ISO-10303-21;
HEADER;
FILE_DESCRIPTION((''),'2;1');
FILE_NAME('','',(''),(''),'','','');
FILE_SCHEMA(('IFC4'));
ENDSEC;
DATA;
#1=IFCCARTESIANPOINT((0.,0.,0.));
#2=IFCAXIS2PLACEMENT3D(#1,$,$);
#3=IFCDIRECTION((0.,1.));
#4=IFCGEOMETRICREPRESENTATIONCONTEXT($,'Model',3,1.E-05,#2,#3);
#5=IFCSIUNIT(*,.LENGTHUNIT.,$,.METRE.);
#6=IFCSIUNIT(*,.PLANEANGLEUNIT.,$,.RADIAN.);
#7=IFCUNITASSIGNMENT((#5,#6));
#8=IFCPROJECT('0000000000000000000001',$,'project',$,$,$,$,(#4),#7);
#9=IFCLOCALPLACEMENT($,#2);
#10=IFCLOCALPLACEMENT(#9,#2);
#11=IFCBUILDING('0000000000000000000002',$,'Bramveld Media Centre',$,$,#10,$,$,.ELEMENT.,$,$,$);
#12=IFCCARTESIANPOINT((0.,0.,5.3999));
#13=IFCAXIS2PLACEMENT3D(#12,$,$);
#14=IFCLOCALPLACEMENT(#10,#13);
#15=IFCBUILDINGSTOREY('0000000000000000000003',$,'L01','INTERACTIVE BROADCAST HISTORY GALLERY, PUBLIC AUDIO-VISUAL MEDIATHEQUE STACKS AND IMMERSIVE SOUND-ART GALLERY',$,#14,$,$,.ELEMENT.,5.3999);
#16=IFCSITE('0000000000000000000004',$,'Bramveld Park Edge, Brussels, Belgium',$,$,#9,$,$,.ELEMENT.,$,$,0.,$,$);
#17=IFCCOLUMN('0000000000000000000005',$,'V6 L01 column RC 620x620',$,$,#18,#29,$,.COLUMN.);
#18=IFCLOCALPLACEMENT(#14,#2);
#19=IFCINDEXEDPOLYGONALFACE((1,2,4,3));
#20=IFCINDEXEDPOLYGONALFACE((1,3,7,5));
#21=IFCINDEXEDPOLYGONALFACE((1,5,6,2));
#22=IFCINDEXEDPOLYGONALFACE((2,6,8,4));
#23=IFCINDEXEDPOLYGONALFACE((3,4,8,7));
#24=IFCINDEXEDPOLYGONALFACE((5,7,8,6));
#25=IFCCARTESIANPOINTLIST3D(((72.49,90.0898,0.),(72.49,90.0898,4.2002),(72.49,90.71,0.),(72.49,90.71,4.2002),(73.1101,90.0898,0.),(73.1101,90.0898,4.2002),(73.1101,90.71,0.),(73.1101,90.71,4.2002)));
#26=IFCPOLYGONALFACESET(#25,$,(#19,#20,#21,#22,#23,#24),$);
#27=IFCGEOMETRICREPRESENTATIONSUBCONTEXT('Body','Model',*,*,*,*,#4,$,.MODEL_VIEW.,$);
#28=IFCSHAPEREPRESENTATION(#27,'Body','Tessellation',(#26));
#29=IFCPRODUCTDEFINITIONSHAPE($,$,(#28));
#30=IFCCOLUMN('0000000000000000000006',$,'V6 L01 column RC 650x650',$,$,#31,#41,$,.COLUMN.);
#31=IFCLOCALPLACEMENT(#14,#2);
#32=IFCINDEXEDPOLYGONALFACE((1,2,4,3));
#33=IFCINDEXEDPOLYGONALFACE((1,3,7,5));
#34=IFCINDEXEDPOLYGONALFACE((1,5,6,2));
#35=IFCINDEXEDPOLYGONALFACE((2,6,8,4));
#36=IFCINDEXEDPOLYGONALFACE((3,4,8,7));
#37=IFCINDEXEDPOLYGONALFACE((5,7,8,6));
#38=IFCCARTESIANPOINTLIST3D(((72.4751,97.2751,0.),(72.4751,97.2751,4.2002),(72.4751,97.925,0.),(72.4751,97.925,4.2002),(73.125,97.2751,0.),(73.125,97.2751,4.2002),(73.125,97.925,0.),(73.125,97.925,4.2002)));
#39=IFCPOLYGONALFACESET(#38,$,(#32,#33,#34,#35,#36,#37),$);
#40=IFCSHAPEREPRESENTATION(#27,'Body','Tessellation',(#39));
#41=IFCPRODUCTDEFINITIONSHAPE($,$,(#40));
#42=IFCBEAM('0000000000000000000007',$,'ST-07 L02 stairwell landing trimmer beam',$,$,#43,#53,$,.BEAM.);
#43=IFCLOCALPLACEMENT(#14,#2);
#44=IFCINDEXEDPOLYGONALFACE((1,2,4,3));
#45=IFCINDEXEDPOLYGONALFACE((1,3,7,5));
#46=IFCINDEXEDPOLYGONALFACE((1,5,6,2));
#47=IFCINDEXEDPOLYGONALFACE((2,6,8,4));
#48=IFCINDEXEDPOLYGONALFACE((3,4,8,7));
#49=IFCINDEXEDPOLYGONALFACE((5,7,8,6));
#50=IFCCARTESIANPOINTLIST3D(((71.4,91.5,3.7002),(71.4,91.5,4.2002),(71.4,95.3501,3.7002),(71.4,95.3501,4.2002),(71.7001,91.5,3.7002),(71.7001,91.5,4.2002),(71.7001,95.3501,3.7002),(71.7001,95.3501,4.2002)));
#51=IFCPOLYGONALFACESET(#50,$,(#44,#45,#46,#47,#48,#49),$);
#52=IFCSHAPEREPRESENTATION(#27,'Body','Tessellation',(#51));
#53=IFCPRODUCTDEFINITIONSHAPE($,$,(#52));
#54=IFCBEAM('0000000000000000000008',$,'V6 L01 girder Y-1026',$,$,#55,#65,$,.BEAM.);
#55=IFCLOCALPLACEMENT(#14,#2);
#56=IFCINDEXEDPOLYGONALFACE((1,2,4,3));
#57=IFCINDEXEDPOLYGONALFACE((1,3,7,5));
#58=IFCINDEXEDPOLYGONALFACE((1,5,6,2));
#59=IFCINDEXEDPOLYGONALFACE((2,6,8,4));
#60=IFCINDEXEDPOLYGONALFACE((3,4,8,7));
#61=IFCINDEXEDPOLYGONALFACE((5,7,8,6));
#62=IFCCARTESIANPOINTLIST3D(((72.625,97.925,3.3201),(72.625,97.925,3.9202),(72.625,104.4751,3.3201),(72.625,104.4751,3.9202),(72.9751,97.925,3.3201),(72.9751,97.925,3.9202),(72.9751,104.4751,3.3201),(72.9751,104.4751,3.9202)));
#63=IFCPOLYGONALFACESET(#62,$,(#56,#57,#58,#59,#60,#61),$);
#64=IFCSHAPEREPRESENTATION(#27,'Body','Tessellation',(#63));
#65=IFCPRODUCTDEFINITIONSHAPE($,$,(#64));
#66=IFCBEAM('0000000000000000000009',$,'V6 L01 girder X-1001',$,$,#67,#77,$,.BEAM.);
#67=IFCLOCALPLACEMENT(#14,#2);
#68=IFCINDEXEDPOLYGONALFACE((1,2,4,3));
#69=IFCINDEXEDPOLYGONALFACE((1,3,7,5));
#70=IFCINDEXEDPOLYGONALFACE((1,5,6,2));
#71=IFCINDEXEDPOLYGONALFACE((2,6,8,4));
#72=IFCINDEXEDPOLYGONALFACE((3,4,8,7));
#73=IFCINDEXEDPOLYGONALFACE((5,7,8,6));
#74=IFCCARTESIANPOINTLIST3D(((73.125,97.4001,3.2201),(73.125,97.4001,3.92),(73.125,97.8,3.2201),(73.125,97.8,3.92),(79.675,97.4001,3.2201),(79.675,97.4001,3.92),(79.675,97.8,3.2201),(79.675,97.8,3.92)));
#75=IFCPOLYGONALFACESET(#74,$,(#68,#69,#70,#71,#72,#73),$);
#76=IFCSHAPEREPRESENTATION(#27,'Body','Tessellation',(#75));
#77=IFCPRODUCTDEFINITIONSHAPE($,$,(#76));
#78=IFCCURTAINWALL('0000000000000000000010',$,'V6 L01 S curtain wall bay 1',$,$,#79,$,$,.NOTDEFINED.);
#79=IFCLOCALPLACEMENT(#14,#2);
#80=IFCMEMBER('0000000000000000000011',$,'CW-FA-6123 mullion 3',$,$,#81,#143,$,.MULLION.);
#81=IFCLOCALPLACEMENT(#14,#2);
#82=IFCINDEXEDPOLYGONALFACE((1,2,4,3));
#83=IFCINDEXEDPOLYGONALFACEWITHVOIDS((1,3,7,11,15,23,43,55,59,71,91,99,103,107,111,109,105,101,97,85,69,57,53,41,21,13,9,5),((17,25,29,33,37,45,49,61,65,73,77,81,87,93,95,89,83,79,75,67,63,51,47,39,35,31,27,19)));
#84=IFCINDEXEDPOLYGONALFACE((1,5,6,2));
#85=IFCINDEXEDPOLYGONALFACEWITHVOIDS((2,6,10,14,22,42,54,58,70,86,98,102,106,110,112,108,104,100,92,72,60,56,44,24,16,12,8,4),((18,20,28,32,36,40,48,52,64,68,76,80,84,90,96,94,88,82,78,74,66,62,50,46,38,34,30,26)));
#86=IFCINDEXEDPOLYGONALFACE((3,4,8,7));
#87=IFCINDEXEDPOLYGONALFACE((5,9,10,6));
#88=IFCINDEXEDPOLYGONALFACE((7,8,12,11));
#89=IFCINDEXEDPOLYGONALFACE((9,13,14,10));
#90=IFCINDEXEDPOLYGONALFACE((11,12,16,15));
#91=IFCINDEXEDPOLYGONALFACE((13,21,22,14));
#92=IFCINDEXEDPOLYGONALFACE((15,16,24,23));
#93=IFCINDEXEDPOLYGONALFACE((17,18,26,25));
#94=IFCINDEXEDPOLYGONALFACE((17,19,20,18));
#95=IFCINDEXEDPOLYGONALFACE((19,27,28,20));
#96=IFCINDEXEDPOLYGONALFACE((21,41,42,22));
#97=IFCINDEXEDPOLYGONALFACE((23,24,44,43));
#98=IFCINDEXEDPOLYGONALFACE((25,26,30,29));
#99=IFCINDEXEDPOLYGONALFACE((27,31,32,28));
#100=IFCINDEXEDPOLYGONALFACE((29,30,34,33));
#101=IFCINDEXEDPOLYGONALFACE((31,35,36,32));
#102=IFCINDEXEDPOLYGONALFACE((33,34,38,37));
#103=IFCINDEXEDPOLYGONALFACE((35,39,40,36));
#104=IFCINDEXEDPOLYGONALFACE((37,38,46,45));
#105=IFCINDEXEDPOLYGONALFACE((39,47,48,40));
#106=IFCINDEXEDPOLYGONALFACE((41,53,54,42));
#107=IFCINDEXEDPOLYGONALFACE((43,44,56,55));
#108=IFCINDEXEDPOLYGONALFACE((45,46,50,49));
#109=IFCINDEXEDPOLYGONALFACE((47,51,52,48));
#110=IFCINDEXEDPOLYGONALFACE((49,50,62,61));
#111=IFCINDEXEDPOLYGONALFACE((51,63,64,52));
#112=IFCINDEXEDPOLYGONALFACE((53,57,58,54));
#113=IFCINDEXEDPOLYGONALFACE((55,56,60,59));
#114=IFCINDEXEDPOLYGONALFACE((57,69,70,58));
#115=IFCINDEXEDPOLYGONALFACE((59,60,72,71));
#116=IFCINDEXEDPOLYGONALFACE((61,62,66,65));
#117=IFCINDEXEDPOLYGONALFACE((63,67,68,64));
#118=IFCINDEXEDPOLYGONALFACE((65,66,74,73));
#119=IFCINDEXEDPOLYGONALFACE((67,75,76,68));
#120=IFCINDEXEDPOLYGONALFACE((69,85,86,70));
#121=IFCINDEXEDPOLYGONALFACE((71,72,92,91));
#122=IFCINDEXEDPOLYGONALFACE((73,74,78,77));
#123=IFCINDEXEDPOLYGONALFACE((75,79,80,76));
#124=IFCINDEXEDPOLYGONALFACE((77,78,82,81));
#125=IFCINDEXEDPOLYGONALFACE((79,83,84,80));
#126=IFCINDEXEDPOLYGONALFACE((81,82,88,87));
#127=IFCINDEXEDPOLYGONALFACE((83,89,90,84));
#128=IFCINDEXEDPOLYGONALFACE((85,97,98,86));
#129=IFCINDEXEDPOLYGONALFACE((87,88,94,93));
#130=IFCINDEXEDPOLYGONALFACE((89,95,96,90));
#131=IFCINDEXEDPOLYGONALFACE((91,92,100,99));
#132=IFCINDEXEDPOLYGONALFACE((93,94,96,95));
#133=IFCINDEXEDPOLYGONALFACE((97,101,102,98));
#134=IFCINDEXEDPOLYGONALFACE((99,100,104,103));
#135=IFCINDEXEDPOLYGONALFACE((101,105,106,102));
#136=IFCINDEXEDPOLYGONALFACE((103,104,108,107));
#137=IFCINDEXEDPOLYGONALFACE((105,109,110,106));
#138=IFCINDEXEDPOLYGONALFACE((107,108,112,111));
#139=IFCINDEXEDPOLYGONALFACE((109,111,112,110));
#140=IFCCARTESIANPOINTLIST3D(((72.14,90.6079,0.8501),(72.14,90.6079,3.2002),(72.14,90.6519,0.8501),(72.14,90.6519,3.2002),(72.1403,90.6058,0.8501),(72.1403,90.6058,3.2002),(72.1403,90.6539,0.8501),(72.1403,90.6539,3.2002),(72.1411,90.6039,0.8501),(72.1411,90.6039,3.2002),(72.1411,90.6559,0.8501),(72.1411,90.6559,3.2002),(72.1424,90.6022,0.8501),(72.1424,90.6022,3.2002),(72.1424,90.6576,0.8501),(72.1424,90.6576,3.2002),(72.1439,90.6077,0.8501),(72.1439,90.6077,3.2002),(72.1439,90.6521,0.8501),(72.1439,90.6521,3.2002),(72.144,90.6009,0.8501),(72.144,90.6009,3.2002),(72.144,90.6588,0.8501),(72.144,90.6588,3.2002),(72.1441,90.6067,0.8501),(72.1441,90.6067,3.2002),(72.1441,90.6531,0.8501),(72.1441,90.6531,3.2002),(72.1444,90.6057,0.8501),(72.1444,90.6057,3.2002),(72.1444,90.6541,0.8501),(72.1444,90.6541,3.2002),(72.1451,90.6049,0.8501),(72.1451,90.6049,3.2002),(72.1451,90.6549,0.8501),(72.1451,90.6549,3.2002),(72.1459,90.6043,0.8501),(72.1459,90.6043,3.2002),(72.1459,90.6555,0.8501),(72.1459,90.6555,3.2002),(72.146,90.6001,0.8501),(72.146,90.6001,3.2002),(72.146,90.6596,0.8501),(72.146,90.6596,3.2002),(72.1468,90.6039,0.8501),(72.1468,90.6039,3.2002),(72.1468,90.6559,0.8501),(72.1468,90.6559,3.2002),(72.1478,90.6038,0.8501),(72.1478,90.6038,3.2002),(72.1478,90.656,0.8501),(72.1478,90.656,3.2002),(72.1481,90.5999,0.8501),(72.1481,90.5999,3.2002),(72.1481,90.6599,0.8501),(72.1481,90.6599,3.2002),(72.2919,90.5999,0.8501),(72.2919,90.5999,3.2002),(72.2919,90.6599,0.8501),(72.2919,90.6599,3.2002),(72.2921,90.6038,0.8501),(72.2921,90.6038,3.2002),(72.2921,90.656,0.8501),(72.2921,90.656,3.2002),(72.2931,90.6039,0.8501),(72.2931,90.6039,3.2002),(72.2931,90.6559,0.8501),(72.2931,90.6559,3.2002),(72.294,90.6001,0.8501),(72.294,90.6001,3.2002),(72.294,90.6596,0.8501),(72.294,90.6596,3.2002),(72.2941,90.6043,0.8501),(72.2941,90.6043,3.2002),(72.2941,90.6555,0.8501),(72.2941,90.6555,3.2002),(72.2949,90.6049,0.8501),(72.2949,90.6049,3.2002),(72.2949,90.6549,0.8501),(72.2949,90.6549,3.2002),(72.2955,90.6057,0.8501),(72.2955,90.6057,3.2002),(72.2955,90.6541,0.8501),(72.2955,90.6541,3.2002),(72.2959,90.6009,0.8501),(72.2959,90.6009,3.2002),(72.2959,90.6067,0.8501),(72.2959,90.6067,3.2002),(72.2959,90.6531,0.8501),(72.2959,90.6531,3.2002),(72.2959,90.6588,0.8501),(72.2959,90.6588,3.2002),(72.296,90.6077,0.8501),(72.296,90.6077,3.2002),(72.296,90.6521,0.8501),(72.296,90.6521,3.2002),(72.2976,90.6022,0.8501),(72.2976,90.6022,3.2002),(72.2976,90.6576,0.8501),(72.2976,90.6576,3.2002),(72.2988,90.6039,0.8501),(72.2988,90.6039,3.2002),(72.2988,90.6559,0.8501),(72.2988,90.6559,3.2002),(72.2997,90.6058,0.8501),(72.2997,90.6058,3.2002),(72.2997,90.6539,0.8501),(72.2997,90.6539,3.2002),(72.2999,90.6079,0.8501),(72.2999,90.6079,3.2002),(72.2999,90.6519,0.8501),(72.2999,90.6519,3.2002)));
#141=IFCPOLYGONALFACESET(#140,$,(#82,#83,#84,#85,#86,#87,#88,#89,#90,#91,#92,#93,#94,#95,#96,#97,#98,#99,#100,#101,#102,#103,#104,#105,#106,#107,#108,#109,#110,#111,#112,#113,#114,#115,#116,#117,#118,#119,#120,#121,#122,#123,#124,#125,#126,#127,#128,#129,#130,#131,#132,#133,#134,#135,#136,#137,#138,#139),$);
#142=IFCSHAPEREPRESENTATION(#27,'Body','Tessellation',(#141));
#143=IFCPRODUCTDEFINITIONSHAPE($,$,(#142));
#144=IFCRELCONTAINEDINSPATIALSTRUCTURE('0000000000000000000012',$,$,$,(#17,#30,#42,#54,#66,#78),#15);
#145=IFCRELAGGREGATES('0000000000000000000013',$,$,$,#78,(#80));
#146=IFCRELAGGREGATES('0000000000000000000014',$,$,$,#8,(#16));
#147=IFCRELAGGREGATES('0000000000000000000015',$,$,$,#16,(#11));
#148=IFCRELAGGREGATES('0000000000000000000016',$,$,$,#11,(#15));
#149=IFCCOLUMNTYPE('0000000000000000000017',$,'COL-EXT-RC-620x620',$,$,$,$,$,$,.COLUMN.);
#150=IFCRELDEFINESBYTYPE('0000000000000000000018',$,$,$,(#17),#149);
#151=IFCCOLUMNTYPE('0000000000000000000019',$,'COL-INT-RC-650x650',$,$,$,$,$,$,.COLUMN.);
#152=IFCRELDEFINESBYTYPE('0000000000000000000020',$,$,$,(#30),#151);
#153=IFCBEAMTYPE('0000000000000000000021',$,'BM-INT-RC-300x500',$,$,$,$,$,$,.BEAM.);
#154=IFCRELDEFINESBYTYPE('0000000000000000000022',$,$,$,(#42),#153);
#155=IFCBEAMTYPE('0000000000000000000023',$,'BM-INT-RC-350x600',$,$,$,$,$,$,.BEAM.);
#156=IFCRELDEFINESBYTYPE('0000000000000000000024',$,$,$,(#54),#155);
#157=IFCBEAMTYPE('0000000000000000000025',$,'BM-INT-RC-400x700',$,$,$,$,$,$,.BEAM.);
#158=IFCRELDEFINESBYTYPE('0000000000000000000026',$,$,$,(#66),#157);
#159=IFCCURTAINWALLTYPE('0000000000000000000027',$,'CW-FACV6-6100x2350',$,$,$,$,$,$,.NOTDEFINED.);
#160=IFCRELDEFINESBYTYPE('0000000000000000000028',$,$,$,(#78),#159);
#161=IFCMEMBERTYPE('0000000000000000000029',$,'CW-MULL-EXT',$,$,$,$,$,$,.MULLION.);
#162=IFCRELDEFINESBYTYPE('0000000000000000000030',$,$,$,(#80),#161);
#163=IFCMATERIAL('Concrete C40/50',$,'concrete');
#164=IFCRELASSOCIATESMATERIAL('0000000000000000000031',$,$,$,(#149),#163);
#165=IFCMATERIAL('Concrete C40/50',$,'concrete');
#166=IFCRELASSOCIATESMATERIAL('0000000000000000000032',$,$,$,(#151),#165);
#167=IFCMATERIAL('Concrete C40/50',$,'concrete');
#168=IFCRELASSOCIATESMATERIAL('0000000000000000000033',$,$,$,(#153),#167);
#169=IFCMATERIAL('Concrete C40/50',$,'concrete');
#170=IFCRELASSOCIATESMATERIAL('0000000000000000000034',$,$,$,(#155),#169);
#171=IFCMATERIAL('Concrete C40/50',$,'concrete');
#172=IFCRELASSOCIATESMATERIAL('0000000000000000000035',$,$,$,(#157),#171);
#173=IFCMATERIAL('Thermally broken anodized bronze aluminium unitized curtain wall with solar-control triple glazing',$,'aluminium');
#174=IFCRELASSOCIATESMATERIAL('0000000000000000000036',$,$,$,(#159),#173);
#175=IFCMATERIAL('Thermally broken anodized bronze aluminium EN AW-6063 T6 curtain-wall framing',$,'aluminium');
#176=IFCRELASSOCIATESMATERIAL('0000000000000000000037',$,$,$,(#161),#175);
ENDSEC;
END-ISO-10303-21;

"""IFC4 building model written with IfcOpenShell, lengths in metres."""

from ifc_helpers import new_model, si_unit, direction, frame, origin, origin_2d, place, context, subcontext, project, spatial, rectangle, hollow_rectangle, extrude, material, material_profile, profile_set, type_object, element, aggregate, save


model = new_model("IFC4")

# Units and contexts
model_context = context("Model", 3, precision=1e-05, world=origin(), true_north=direction((0.0, 1.0)))
body_context = subcontext(model_context, "Body", "Model", "MODEL_VIEW")
ifc_project = project(units=[si_unit("LENGTHUNIT", "METRE"), si_unit("PLANEANGLEUNIT", "RADIAN")], contexts=[model_context])

# Site, building, storey
site_placement = place(None, origin())
site = spatial("IfcSite", under=ifc_project, at=site_placement, Name="Bramveld Park Edge, Brussels, Belgium", CompositionType="ELEMENT", RefElevation=0.0)
building_placement = place(site_placement, origin())
building = spatial("IfcBuilding", under=site, at=building_placement, Name="Bramveld Media Centre", CompositionType="ELEMENT")
storey_placement = place(building_placement, frame((0.0, 0.0, 5.3999)))
storey = spatial("IfcBuildingStorey", under=building, at=storey_placement, Name="L01", Description="INTERACTIVE BROADCAST HISTORY GALLERY, PUBLIC AUDIO-VISUAL MEDIATHEQUE STACKS AND IMMERSIVE SOUND-ART GALLERY", CompositionType="ELEMENT", Elevation=5.3999)

# Columns
ifc_material_1 = material(Name="Concrete C40/50", Category="concrete")
ifc_material_profile_1 = material_profile(ifc_material_1, rectangle(XDim=0.6201, YDim=0.6201, at=origin_2d()), Name="RC 620x620")
ifc_profile_set_1 = profile_set([ifc_material_profile_1], Name="Concrete C40/50")
column_type_1 = type_object("IfcColumnType", Name="COL-EXT-RC-620x620", PredefinedType="COLUMN", material=ifc_profile_set_1)
column_1_placement = place(storey_placement, frame((72.8, 90.3999, 0.0), z_axis=(0.0, 0.0, 1.0), x_axis=(1.0, 0.0, 0.0)))
element("IfcColumn", 1, at=column_1_placement, inside=storey, type_object=column_type_1, Name="V6 L01 column RC 620x620", PredefinedType="COLUMN", context=body_context, shape_type="SweptSolid", body=[
    extrude(rectangle(XDim=0.6201, YDim=0.6201, at=origin_2d()), origin(), (0.0, 0.0, 1.0), 4.2002),
])
ifc_material_2 = material(Name="Concrete C40/50", Category="concrete")
ifc_material_profile_2 = material_profile(ifc_material_2, rectangle(XDim=0.6499, YDim=0.6499, at=origin_2d()), Name="RC 650x650")
ifc_profile_set_2 = profile_set([ifc_material_profile_2], Name="Concrete C40/50")
column_type_2 = type_object("IfcColumnType", Name="COL-INT-RC-650x650", PredefinedType="COLUMN", material=ifc_profile_set_2)
column_2_placement = place(storey_placement, frame((72.8, 97.6001, 0.0), z_axis=(0.0, 0.0, 1.0), x_axis=(1.0, 0.0, 0.0)))
element("IfcColumn", 2, at=column_2_placement, inside=storey, type_object=column_type_2, Name="V6 L01 column RC 650x650", PredefinedType="COLUMN", context=body_context, shape_type="SweptSolid", body=[
    extrude(rectangle(XDim=0.6499, YDim=0.6499, at=origin_2d()), origin(), (0.0, 0.0, 1.0), 4.2002),
])

# Beams
ifc_material_3 = material(Name="Concrete C40/50", Category="concrete")
ifc_material_profile_3 = material_profile(ifc_material_3, rectangle(XDim=0.3, YDim=0.5, at=origin_2d()), Name="RC 300x500")
ifc_profile_set_3 = profile_set([ifc_material_profile_3], Name="Concrete C40/50")
beam_type_1 = type_object("IfcBeamType", Name="BM-INT-RC-300x500", PredefinedType="BEAM", material=ifc_profile_set_3)
beam_1_placement = place(storey_placement, frame((71.55, 91.5, 3.9502), z_axis=(0.0, 1.0, 0.0), x_axis=(-1.0, 0.0, 0.0)))
element("IfcBeam", 3, at=beam_1_placement, inside=storey, type_object=beam_type_1, Name="ST-07 L02 stairwell landing trimmer beam", PredefinedType="BEAM", context=body_context, shape_type="SweptSolid", body=[
    extrude(rectangle(XDim=0.3, YDim=0.5, at=origin_2d()), origin(), (0.0, 0.0, 1.0), 3.8501),
])
ifc_material_4 = material(Name="Concrete C40/50", Category="concrete")
ifc_material_profile_4 = material_profile(ifc_material_4, rectangle(XDim=0.3501, YDim=0.6001, at=origin_2d()), Name="RC 350x600")
ifc_profile_set_4 = profile_set([ifc_material_profile_4], Name="Concrete C40/50")
beam_type_2 = type_object("IfcBeamType", Name="BM-INT-RC-350x600", PredefinedType="BEAM", material=ifc_profile_set_4)
beam_2_placement = place(storey_placement, frame((72.8, 97.925, 3.6201), z_axis=(0.0, 1.0, 0.0), x_axis=(-1.0, 0.0, 0.0)))
element("IfcBeam", 4, at=beam_2_placement, inside=storey, type_object=beam_type_2, Name="V6 L01 girder Y-1026", PredefinedType="BEAM", context=body_context, shape_type="SweptSolid", body=[
    extrude(rectangle(XDim=0.3501, YDim=0.6001, at=origin_2d()), origin(), (0.0, 0.0, 1.0), 6.55),
])
ifc_material_5 = material(Name="Concrete C40/50", Category="concrete")
ifc_material_profile_5 = material_profile(ifc_material_5, rectangle(XDim=0.3999, YDim=0.7, at=origin_2d()), Name="RC 400x700")
ifc_profile_set_5 = profile_set([ifc_material_profile_5], Name="Concrete C40/50")
beam_type_3 = type_object("IfcBeamType", Name="BM-INT-RC-400x700", PredefinedType="BEAM", material=ifc_profile_set_5)
beam_3_placement = place(storey_placement, frame((73.125, 97.6001, 3.5701), z_axis=(1.0, 0.0, 0.0), x_axis=(0.0, 1.0, 0.0)))
element("IfcBeam", 5, at=beam_3_placement, inside=storey, type_object=beam_type_3, Name="V6 L01 girder X-1001", PredefinedType="BEAM", context=body_context, shape_type="SweptSolid", body=[
    extrude(rectangle(XDim=0.3999, YDim=0.7, at=origin_2d()), origin(), (0.0, 0.0, 1.0), 6.55),
])

# Curtain wall, member
ifc_material_6 = material(Name="Thermally broken anodized bronze aluminium unitized curtain wall with solar-control triple glazing", Category="aluminium")
curtain_wall_type = type_object("IfcCurtainWallType", Name="CW-FACV6-6100x2350", PredefinedType="NOTDEFINED", material=ifc_material_6)
curtain_wall_1_placement = place(storey_placement, origin())
curtain_wall_1 = element("IfcCurtainWall", 6, at=curtain_wall_1_placement, inside=storey, type_object=curtain_wall_type, Name="V6 L01 S curtain wall bay 1", PredefinedType="NOTDEFINED")
ifc_material_7 = material(Name="Thermally broken anodized bronze aluminium EN AW-6063 T6 curtain-wall framing", Category="aluminium")
ifc_material_profile_6 = material_profile(ifc_material_7, hollow_rectangle(XDim=0.0601, YDim=0.1599, WallThickness=0.0039, InnerFilletRadius=0.0039, OuterFilletRadius=0.0081, at=origin_2d()), Name="AL-MULL 60x160")
ifc_profile_set_6 = profile_set([ifc_material_profile_6], Name="Thermally broken anodized bronze aluminium EN AW-6063 T6 curtain-wall framing")
member_type_1 = type_object("IfcMemberType", Name="CW-MULL-EXT", PredefinedType="MULLION", material=ifc_profile_set_6)
member_1_placement = place(storey_placement, frame((72.22, 90.6299, 0.8501), z_axis=(0.0, 0.0, 1.0), x_axis=(0.0, 1.0, 0.0)))
member_1 = element("IfcMember", 7, at=member_1_placement, type_object=member_type_1, Name="CW-FA-6123 mullion 3", PredefinedType="MULLION", context=body_context, shape_type="SweptSolid", body=[
    extrude(hollow_rectangle(XDim=0.0601, YDim=0.1599, WallThickness=0.0039, InnerFilletRadius=0.0039, OuterFilletRadius=0.0081, at=origin_2d()), origin(), (0.0, 0.0, 1.0), 2.3501),
])

aggregate(curtain_wall_1, [member_1])

save(model, "model.ifc")
